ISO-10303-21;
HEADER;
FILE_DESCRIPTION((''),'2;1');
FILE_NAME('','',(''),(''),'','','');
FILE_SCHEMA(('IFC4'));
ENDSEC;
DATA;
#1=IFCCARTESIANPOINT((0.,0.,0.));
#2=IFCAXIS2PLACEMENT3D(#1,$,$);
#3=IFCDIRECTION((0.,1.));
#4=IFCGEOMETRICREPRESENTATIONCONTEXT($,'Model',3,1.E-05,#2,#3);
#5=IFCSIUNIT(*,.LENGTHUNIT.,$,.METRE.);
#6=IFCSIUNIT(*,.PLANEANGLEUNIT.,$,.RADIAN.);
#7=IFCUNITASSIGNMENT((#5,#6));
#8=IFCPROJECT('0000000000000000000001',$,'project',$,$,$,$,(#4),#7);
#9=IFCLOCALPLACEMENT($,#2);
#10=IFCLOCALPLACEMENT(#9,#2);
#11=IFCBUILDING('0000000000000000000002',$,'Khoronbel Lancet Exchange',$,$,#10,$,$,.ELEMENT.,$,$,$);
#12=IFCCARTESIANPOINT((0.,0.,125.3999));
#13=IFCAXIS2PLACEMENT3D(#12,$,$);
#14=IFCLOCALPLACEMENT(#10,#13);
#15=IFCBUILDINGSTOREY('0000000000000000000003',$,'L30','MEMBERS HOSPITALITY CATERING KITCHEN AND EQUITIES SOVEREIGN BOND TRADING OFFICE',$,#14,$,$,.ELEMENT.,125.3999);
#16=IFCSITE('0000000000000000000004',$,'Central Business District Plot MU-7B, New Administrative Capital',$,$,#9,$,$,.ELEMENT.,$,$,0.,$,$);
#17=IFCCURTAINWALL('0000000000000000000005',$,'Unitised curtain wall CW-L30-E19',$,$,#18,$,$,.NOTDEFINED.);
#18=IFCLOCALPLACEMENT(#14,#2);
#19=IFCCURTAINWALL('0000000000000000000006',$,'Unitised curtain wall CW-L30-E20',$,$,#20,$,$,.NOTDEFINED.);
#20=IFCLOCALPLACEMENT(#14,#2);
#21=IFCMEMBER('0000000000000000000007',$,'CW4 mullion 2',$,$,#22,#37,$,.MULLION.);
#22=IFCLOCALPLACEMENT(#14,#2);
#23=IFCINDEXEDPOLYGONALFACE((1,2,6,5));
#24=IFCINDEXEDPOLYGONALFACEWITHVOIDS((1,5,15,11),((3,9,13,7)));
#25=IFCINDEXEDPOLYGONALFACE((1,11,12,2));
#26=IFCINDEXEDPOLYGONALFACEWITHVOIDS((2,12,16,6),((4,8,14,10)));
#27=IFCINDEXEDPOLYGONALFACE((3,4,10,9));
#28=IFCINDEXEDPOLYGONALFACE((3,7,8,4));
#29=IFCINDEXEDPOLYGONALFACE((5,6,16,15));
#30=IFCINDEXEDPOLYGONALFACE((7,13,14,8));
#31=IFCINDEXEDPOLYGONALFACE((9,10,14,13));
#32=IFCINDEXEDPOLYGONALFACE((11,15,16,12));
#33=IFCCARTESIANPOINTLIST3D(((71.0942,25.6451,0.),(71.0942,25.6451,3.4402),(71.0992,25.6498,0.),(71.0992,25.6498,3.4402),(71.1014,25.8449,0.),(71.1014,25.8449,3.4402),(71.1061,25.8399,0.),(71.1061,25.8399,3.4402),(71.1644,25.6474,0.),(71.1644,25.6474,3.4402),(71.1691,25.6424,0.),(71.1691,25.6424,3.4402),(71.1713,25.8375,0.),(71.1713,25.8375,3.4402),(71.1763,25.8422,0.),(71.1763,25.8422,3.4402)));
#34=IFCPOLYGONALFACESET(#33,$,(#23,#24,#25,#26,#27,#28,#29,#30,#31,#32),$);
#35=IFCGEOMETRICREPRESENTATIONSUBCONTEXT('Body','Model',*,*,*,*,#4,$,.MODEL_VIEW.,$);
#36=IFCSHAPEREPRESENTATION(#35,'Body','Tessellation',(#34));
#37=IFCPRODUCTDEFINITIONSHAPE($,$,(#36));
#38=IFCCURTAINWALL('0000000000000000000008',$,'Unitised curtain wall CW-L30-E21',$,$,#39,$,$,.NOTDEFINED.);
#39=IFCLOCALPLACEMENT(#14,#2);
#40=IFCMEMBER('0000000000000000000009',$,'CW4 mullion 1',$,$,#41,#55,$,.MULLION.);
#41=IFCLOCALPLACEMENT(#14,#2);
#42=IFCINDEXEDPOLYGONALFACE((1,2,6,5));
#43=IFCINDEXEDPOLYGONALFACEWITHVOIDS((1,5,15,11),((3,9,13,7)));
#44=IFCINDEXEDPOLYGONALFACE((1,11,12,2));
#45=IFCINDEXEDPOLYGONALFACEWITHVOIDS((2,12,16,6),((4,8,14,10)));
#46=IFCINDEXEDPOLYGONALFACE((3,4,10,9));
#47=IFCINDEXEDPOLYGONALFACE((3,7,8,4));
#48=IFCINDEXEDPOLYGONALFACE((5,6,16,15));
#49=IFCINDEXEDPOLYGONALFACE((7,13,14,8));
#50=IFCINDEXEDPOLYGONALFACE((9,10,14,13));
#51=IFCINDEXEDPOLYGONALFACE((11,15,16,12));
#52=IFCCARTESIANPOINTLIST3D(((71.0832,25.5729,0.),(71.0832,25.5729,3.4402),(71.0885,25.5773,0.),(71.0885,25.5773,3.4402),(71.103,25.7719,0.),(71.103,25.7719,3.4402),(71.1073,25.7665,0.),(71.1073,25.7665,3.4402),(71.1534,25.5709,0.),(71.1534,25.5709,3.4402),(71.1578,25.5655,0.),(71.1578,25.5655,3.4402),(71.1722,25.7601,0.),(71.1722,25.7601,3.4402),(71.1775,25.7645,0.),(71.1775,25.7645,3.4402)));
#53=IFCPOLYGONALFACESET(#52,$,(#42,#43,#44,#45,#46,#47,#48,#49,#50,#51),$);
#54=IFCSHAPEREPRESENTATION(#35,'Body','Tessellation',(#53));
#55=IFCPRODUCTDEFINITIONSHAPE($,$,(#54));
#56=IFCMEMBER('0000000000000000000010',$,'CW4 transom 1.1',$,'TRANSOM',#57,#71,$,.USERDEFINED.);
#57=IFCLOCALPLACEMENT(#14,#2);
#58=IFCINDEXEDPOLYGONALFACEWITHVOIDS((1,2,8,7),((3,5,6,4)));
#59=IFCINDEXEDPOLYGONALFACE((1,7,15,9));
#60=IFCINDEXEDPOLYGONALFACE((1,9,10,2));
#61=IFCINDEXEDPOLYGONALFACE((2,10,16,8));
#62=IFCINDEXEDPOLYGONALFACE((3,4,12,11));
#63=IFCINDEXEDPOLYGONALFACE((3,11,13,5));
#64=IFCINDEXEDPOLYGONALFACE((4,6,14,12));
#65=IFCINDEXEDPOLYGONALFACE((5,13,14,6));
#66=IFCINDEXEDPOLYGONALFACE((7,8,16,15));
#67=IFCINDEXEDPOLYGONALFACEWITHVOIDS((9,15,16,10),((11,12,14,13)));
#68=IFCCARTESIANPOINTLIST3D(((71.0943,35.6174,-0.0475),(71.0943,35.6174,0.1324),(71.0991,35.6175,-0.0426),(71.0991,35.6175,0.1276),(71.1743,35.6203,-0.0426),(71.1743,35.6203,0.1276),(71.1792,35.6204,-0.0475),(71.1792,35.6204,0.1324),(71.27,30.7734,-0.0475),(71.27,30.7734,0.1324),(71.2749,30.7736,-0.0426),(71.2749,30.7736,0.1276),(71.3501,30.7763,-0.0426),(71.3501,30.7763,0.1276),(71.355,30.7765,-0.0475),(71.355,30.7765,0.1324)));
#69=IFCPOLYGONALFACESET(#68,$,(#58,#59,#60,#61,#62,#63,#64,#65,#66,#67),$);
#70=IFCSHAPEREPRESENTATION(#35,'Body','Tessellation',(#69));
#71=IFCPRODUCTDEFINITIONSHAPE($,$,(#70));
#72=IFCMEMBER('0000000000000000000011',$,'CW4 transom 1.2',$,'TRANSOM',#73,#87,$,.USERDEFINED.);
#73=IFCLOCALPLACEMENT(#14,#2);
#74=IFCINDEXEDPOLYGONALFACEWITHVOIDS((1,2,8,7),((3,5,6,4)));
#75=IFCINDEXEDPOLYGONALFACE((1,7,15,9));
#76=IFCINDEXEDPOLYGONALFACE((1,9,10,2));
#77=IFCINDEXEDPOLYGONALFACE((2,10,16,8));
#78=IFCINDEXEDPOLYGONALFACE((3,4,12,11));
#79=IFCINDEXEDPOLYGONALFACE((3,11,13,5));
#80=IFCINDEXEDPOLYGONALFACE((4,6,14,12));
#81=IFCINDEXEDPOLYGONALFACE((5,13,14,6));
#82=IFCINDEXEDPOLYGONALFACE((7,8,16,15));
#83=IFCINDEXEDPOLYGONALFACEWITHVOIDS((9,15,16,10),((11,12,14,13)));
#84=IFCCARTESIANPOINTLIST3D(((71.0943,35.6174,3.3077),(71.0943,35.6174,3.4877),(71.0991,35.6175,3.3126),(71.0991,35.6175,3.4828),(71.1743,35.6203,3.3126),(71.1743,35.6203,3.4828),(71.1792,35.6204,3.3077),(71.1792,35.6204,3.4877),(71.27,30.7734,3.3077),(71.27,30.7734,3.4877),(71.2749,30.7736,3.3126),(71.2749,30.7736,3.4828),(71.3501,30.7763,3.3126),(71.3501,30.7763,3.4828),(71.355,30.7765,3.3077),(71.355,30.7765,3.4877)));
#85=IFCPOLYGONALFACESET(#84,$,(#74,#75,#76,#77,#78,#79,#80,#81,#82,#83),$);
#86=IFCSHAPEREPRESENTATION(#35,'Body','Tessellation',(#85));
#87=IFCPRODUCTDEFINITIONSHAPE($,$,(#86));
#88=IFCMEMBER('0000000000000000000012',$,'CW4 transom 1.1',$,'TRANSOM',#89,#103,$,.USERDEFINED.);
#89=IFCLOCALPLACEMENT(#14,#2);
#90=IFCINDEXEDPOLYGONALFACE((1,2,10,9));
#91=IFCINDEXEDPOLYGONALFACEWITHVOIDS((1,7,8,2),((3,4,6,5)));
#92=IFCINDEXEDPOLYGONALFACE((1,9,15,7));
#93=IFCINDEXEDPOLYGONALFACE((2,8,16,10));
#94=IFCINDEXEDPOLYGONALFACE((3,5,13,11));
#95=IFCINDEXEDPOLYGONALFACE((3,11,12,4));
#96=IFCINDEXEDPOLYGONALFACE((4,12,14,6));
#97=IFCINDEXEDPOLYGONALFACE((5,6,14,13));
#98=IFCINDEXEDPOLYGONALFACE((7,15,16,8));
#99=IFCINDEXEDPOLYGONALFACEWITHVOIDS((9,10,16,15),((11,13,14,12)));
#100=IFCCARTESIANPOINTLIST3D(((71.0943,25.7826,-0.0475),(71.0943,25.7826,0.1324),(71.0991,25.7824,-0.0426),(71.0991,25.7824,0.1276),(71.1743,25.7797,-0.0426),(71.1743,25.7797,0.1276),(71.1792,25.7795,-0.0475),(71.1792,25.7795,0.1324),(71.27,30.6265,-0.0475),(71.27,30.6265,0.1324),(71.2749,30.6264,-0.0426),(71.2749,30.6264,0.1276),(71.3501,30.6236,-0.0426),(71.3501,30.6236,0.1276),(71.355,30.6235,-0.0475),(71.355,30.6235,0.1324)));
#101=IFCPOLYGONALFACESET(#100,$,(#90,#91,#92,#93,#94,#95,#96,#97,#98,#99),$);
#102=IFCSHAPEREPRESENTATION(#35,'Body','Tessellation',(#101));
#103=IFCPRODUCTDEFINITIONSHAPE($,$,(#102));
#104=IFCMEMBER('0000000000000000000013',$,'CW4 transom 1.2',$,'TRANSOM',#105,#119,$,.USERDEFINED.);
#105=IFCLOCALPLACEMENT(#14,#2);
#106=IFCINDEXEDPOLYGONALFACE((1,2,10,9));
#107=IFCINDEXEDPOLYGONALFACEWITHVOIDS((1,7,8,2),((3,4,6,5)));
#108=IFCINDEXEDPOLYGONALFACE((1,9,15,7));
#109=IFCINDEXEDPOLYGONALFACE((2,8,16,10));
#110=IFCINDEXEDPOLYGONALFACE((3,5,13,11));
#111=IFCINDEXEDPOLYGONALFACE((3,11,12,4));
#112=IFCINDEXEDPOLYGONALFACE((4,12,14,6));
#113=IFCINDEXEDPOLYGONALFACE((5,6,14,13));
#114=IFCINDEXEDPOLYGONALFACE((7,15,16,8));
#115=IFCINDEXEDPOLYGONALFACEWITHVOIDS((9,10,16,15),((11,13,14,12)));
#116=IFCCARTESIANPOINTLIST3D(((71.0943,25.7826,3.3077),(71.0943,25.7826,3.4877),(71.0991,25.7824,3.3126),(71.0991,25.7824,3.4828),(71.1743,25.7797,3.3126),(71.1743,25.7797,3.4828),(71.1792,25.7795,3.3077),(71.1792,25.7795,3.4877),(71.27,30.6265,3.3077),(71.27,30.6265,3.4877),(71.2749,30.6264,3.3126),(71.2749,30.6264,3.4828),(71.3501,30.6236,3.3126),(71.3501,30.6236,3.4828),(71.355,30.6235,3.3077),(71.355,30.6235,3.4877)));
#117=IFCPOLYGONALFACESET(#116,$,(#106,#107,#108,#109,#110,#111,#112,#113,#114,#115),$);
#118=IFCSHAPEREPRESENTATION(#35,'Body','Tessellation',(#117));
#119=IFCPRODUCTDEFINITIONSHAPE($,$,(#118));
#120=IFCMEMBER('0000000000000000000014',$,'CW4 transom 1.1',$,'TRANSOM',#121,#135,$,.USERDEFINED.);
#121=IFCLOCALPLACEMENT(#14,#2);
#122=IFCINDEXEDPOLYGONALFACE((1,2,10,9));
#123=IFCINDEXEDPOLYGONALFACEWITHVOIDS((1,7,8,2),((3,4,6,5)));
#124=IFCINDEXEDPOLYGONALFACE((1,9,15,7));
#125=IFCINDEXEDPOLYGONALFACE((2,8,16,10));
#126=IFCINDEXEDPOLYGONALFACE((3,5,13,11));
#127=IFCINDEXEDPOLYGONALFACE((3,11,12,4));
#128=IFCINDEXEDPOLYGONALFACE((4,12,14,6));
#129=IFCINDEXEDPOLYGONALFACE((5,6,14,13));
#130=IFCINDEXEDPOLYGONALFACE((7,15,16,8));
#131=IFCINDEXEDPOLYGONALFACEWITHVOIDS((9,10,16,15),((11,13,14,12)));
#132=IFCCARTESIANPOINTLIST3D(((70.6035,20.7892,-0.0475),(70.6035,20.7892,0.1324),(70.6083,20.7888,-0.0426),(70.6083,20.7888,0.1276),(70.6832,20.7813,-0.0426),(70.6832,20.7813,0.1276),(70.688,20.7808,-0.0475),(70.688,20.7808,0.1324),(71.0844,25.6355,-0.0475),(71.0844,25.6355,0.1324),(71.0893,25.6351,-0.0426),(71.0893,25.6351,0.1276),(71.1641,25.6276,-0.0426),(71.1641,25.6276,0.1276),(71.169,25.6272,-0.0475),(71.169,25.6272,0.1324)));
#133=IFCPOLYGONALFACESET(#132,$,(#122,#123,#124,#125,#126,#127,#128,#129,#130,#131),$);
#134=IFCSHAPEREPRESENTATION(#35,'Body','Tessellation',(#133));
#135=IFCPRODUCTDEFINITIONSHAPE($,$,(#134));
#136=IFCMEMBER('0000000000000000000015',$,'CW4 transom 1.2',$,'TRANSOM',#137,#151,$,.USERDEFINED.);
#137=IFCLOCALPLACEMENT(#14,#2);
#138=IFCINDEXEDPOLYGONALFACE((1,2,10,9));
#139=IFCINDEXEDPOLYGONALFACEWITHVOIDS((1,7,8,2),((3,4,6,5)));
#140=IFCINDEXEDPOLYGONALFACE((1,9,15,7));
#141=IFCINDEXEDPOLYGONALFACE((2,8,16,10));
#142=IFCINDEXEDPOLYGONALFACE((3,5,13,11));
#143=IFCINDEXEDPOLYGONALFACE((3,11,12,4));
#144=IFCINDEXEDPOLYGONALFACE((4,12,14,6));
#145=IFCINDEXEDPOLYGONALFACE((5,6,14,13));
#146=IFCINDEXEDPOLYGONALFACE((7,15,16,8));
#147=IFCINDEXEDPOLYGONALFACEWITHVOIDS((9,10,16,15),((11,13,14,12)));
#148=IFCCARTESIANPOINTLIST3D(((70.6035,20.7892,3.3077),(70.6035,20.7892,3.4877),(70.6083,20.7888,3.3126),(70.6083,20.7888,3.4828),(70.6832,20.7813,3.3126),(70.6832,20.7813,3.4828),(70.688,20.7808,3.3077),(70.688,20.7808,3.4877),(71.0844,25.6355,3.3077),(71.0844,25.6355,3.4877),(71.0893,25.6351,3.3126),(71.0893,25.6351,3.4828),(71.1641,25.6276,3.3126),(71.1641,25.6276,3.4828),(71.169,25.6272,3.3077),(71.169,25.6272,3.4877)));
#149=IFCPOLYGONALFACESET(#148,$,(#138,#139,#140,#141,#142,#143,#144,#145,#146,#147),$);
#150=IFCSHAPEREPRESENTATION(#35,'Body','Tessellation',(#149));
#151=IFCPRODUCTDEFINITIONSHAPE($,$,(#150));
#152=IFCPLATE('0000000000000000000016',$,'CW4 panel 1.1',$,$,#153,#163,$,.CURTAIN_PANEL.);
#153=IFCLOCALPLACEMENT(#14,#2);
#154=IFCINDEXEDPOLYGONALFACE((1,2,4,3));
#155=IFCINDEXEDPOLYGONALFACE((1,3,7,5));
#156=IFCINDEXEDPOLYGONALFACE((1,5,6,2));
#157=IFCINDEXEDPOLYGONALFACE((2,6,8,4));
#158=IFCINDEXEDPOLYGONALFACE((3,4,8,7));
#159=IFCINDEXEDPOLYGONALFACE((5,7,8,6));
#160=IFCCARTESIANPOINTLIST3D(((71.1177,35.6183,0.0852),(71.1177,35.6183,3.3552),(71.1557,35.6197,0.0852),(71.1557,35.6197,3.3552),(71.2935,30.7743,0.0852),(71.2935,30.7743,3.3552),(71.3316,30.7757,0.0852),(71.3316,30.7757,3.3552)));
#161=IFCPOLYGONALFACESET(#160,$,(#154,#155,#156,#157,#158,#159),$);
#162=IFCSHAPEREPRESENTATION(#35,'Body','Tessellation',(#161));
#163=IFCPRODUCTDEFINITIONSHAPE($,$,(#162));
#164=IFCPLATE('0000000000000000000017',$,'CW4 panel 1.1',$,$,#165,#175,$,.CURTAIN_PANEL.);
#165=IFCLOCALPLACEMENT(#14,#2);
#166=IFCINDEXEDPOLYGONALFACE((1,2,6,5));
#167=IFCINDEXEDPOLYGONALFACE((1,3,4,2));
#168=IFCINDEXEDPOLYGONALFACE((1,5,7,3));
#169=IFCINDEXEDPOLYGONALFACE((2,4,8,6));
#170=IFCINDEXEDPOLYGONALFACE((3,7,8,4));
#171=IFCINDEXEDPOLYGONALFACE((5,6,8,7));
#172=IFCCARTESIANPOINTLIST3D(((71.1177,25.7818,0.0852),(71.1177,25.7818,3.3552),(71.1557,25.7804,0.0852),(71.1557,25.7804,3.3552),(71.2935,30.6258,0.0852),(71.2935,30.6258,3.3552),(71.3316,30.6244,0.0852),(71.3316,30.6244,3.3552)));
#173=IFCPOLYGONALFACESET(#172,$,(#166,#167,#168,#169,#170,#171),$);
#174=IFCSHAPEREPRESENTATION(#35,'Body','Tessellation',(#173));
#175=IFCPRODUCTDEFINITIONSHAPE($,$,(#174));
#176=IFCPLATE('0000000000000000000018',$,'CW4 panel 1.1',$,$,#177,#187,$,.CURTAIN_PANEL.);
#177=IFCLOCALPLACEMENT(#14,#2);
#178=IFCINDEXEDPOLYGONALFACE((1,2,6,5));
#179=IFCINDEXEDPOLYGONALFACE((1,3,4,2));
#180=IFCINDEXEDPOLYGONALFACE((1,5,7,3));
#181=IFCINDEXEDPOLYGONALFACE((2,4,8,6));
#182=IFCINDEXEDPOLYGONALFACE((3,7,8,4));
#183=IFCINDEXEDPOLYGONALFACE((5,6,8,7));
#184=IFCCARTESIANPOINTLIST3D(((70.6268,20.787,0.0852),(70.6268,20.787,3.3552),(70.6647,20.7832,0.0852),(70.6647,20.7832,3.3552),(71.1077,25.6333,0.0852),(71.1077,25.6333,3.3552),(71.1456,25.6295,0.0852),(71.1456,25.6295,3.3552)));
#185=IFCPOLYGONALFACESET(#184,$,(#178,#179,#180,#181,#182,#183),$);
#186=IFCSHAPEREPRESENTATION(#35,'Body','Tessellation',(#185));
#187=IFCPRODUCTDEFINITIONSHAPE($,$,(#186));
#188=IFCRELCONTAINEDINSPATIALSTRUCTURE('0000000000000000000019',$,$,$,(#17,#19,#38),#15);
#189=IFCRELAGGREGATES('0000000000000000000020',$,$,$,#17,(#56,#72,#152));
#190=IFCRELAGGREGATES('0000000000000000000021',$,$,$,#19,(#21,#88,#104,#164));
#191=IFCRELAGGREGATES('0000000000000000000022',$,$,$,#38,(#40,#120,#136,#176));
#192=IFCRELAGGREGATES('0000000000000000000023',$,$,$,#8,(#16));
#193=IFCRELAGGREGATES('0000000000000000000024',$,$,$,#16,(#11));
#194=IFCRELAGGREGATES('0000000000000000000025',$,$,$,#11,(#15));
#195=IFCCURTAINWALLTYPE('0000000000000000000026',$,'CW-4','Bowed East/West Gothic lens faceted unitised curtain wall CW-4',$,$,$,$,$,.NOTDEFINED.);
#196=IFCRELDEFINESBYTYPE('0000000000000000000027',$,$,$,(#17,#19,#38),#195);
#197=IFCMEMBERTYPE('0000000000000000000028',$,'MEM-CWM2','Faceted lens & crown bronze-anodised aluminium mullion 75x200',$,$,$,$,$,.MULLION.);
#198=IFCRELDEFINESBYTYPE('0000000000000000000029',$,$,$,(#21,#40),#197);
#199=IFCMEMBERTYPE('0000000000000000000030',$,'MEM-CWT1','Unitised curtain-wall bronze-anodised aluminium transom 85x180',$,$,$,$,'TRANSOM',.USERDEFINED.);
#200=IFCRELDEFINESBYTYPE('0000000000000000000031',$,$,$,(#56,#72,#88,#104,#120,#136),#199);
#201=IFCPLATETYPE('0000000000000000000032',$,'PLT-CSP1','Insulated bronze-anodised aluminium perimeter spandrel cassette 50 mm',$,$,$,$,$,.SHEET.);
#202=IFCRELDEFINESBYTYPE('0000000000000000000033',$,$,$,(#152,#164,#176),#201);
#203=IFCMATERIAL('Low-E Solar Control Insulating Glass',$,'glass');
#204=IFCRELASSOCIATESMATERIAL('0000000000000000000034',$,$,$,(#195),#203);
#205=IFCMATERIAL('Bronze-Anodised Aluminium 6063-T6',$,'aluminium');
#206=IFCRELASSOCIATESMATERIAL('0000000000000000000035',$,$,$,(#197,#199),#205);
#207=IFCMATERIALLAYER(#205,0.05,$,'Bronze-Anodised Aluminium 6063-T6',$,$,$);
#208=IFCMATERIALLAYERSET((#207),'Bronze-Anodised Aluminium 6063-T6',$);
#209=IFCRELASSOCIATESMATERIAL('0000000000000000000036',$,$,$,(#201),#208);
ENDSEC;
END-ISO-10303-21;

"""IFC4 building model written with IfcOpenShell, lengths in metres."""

from ifc_helpers import new_model, si_unit, direction, frame, origin, origin_2d, place, context, subcontext, project, spatial, rectangle, hollow_rectangle, extrude, material, layer, layer_set, material_profile, profile_set, type_object, element, aggregate, save


model = new_model("IFC4")

# Units and contexts
model_context = context("Model", 3, precision=1e-05, world=origin(), true_north=direction((0.0, 1.0)))
body_context = subcontext(model_context, "Body", "Model", "MODEL_VIEW")
ifc_project = project(units=[si_unit("LENGTHUNIT", "METRE"), si_unit("PLANEANGLEUNIT", "RADIAN")], contexts=[model_context])

# Site, building, storey
site_placement = place(None, origin())
site = spatial("IfcSite", under=ifc_project, at=site_placement, Name="Central Business District Plot MU-7B, New Administrative Capital", CompositionType="ELEMENT", RefElevation=0.0)
building_placement = place(site_placement, origin())
building = spatial("IfcBuilding", under=site, at=building_placement, Name="Khoronbel Lancet Exchange", CompositionType="ELEMENT")
storey_placement = place(building_placement, frame((0.0, 0.0, 125.3999)))
storey = spatial("IfcBuildingStorey", under=building, at=storey_placement, Name="L30", Description="MEMBERS HOSPITALITY CATERING KITCHEN AND EQUITIES SOVEREIGN BOND TRADING OFFICE", CompositionType="ELEMENT", Elevation=125.3999)

# Curtain walls, member
ifc_material_1 = material(Name="Low-E Solar Control Insulating Glass", Category="glass")
curtain_wall_type = type_object("IfcCurtainWallType", Name="CW-4", Description="Bowed East/West Gothic lens faceted unitised curtain wall CW-4", PredefinedType="NOTDEFINED", material=ifc_material_1)
curtain_wall_1_placement = place(storey_placement, origin())
curtain_wall_1 = element("IfcCurtainWall", 1, at=curtain_wall_1_placement, inside=storey, type_object=curtain_wall_type, Name="Unitised curtain wall CW-L30-E19", PredefinedType="NOTDEFINED")
ifc_material_2 = material(Name="Bronze-Anodised Aluminium 6063-T6", Category="aluminium")
ifc_material_profile_1 = material_profile(ifc_material_2, hollow_rectangle(XDim=0.075, YDim=0.2, WallThickness=0.0049, at=origin_2d()), Name="ALU MULLION 75x200")
ifc_profile_set_1 = profile_set([ifc_material_profile_1], Name="Bronze-Anodised Aluminium 6063-T6")
member_type_1 = type_object("IfcMemberType", Name="MEM-CWM2", Description="Faceted lens & crown bronze-anodised aluminium mullion 75x200", PredefinedType="MULLION", material=ifc_profile_set_1)
curtain_wall_2_placement = place(storey_placement, origin())
curtain_wall_2 = element("IfcCurtainWall", 2, at=curtain_wall_2_placement, inside=storey, type_object=curtain_wall_type, Name="Unitised curtain wall CW-L30-E20", PredefinedType="NOTDEFINED")
member_1_placement = place(storey_placement, frame((71.1353, 25.7437, 0.0), z_axis=(0.0, 0.0, 1.0), x_axis=(0.999342, -0.03628, 0.0)))
member_1 = element("IfcMember", 3, at=member_1_placement, type_object=member_type_1, Name="CW4 mullion 2", PredefinedType="MULLION", context=body_context, shape_type="SweptSolid", body=[
    extrude(hollow_rectangle(XDim=0.075, YDim=0.2, WallThickness=0.0049, at=origin_2d()), origin(), (0.0, 0.0, 1.0), 3.4402),
])

# Curtain wall, member
curtain_wall_3_placement = place(storey_placement, origin())
curtain_wall_3 = element("IfcCurtainWall", 4, at=curtain_wall_3_placement, inside=storey, type_object=curtain_wall_type, Name="Unitised curtain wall CW-L30-E21", PredefinedType="NOTDEFINED")
member_2_placement = place(storey_placement, frame((71.1304, 25.6687, 0.0), z_axis=(0.0, 0.0, 1.0), x_axis=(0.995113, -0.098742, 0.0)))
member_2 = element("IfcMember", 5, at=member_2_placement, type_object=member_type_1, Name="CW4 mullion 1", PredefinedType="MULLION", context=body_context, shape_type="SweptSolid", body=[
    extrude(hollow_rectangle(XDim=0.075, YDim=0.2, WallThickness=0.0049, at=origin_2d()), origin(), (0.0, 0.0, 1.0), 3.4402),
])

# Members
ifc_material_profile_2 = material_profile(ifc_material_2, hollow_rectangle(XDim=0.085, YDim=0.1799, WallThickness=0.0049, at=origin_2d()), Name="ALU TRANSOM 85x180")
ifc_profile_set_2 = profile_set([ifc_material_profile_2], Name="Bronze-Anodised Aluminium 6063-T6")
member_type_2 = type_object("IfcMemberType", Name="MEM-CWT1", Description="Unitised curtain-wall bronze-anodised aluminium transom 85x180", ElementType="TRANSOM", PredefinedType="USERDEFINED", material=ifc_profile_set_2)
member_3_placement = place(storey_placement, frame((71.1367, 35.6189, 0.0425), z_axis=(0.036265, -0.999342, 0.0), x_axis=(0.999342, 0.036265, 0.0)))
member_3 = element("IfcMember", 6, at=member_3_placement, type_object=member_type_2, Name="CW4 transom 1.1", ObjectType="TRANSOM", PredefinedType="USERDEFINED", context=body_context, shape_type="SweptSolid", body=[
    extrude(hollow_rectangle(XDim=0.085, YDim=0.1799, WallThickness=0.0049, at=origin_2d()), origin(), (0.0, 0.0, 1.0), 4.8472),
])
member_4_placement = place(storey_placement, frame((71.1367, 35.6189, 3.3977), z_axis=(0.036265, -0.999342, 0.0), x_axis=(0.999342, 0.036265, 0.0)))
member_4 = element("IfcMember", 7, at=member_4_placement, type_object=member_type_2, Name="CW4 transom 1.2", ObjectType="TRANSOM", PredefinedType="USERDEFINED", context=body_context, shape_type="SweptSolid", body=[
    extrude(hollow_rectangle(XDim=0.085, YDim=0.1799, WallThickness=0.0049, at=origin_2d()), origin(), (0.0, 0.0, 1.0), 4.8472),
])
member_5_placement = place(storey_placement, frame((71.3125, 30.625, 0.0425), z_axis=(-0.036265, -0.999342, 0.0), x_axis=(0.999342, -0.036265, 0.0)))
member_5 = element("IfcMember", 8, at=member_5_placement, type_object=member_type_2, Name="CW4 transom 1.1", ObjectType="TRANSOM", PredefinedType="USERDEFINED", context=body_context, shape_type="SweptSolid", body=[
    extrude(hollow_rectangle(XDim=0.085, YDim=0.1799, WallThickness=0.0049, at=origin_2d()), origin(), (0.0, 0.0, 1.0), 4.8472),
])
member_6_placement = place(storey_placement, frame((71.3125, 30.625, 3.3977), z_axis=(-0.036265, -0.999342, 0.0), x_axis=(0.999342, -0.036265, 0.0)))
member_6 = element("IfcMember", 9, at=member_6_placement, type_object=member_type_2, Name="CW4 transom 1.2", ObjectType="TRANSOM", PredefinedType="USERDEFINED", context=body_context, shape_type="SweptSolid", body=[
    extrude(hollow_rectangle(XDim=0.085, YDim=0.1799, WallThickness=0.0049, at=origin_2d()), origin(), (0.0, 0.0, 1.0), 4.8472),
])
member_7_placement = place(storey_placement, frame((71.1267, 25.6313, 0.0425), z_axis=(-0.098759, -0.995111, 0.0), x_axis=(0.995111, -0.098759, 0.0)))
member_7 = element("IfcMember", 10, at=member_7_placement, type_object=member_type_2, Name="CW4 transom 1.1", ObjectType="TRANSOM", PredefinedType="USERDEFINED", context=body_context, shape_type="SweptSolid", body=[
    extrude(hollow_rectangle(XDim=0.085, YDim=0.1799, WallThickness=0.0049, at=origin_2d()), origin(), (0.0, 0.0, 1.0), 4.8701),
])
member_8_placement = place(storey_placement, frame((71.1267, 25.6313, 3.3977), z_axis=(-0.098759, -0.995111, 0.0), x_axis=(0.995111, -0.098759, 0.0)))
member_8 = element("IfcMember", 11, at=member_8_placement, type_object=member_type_2, Name="CW4 transom 1.2", ObjectType="TRANSOM", PredefinedType="USERDEFINED", context=body_context, shape_type="SweptSolid", body=[
    extrude(hollow_rectangle(XDim=0.085, YDim=0.1799, WallThickness=0.0049, at=origin_2d()), origin(), (0.0, 0.0, 1.0), 4.8701),
])

# Plates
ifc_layer_1 = layer(ifc_material_2, 0.05, Name="Bronze-Anodised Aluminium 6063-T6")
ifc_layer_set_1 = layer_set([ifc_layer_1], Name="Bronze-Anodised Aluminium 6063-T6")
plate_type_1 = type_object("IfcPlateType", Name="PLT-CSP1", Description="Insulated bronze-anodised aluminium perimeter spandrel cassette 50 mm", PredefinedType="SHEET", material=ifc_layer_set_1)
plate_1_placement = place(storey_placement, frame((71.2246, 33.197, 0.0852), z_axis=(0.0, 0.0, 1.0), x_axis=(0.03628, -0.999342, 0.0)))
plate_1 = element("IfcPlate", 12, at=plate_1_placement, type_object=plate_type_1, Name="CW4 panel 1.1", PredefinedType="CURTAIN_PANEL", context=body_context, shape_type="SweptSolid", body=[
    extrude(rectangle(XDim=4.8472, YDim=0.0381, at=origin_2d()), origin(), (0.0, 0.0, 1.0), 3.27),
])
aggregate(curtain_wall_1, [member_3, member_4, plate_1])
plate_2_placement = place(storey_placement, frame((71.2246, 28.2031, 0.0852), z_axis=(0.0, 0.0, 1.0), x_axis=(-0.03628, -0.999342, 0.0)))
plate_2 = element("IfcPlate", 13, at=plate_2_placement, type_object=plate_type_1, Name="CW4 panel 1.1", PredefinedType="CURTAIN_PANEL", context=body_context, shape_type="SweptSolid", body=[
    extrude(rectangle(XDim=4.8472, YDim=0.0381, at=origin_2d()), origin(), (0.0, 0.0, 1.0), 3.27),
])
aggregate(curtain_wall_2, [member_1, member_5, member_6, plate_2])
plate_3_placement = place(storey_placement, frame((70.8862, 23.2083, 0.0852), z_axis=(0.0, 0.0, 1.0), x_axis=(-0.098742, -0.995113, 0.0)))
plate_3 = element("IfcPlate", 14, at=plate_3_placement, type_object=plate_type_1, Name="CW4 panel 1.1", PredefinedType="CURTAIN_PANEL", context=body_context, shape_type="SweptSolid", body=[
    extrude(rectangle(XDim=4.8701, YDim=0.0381, at=origin_2d()), origin(), (0.0, 0.0, 1.0), 3.27),
])
aggregate(curtain_wall_3, [member_2, member_7, member_8, plate_3])

save(model, "model.ifc")
